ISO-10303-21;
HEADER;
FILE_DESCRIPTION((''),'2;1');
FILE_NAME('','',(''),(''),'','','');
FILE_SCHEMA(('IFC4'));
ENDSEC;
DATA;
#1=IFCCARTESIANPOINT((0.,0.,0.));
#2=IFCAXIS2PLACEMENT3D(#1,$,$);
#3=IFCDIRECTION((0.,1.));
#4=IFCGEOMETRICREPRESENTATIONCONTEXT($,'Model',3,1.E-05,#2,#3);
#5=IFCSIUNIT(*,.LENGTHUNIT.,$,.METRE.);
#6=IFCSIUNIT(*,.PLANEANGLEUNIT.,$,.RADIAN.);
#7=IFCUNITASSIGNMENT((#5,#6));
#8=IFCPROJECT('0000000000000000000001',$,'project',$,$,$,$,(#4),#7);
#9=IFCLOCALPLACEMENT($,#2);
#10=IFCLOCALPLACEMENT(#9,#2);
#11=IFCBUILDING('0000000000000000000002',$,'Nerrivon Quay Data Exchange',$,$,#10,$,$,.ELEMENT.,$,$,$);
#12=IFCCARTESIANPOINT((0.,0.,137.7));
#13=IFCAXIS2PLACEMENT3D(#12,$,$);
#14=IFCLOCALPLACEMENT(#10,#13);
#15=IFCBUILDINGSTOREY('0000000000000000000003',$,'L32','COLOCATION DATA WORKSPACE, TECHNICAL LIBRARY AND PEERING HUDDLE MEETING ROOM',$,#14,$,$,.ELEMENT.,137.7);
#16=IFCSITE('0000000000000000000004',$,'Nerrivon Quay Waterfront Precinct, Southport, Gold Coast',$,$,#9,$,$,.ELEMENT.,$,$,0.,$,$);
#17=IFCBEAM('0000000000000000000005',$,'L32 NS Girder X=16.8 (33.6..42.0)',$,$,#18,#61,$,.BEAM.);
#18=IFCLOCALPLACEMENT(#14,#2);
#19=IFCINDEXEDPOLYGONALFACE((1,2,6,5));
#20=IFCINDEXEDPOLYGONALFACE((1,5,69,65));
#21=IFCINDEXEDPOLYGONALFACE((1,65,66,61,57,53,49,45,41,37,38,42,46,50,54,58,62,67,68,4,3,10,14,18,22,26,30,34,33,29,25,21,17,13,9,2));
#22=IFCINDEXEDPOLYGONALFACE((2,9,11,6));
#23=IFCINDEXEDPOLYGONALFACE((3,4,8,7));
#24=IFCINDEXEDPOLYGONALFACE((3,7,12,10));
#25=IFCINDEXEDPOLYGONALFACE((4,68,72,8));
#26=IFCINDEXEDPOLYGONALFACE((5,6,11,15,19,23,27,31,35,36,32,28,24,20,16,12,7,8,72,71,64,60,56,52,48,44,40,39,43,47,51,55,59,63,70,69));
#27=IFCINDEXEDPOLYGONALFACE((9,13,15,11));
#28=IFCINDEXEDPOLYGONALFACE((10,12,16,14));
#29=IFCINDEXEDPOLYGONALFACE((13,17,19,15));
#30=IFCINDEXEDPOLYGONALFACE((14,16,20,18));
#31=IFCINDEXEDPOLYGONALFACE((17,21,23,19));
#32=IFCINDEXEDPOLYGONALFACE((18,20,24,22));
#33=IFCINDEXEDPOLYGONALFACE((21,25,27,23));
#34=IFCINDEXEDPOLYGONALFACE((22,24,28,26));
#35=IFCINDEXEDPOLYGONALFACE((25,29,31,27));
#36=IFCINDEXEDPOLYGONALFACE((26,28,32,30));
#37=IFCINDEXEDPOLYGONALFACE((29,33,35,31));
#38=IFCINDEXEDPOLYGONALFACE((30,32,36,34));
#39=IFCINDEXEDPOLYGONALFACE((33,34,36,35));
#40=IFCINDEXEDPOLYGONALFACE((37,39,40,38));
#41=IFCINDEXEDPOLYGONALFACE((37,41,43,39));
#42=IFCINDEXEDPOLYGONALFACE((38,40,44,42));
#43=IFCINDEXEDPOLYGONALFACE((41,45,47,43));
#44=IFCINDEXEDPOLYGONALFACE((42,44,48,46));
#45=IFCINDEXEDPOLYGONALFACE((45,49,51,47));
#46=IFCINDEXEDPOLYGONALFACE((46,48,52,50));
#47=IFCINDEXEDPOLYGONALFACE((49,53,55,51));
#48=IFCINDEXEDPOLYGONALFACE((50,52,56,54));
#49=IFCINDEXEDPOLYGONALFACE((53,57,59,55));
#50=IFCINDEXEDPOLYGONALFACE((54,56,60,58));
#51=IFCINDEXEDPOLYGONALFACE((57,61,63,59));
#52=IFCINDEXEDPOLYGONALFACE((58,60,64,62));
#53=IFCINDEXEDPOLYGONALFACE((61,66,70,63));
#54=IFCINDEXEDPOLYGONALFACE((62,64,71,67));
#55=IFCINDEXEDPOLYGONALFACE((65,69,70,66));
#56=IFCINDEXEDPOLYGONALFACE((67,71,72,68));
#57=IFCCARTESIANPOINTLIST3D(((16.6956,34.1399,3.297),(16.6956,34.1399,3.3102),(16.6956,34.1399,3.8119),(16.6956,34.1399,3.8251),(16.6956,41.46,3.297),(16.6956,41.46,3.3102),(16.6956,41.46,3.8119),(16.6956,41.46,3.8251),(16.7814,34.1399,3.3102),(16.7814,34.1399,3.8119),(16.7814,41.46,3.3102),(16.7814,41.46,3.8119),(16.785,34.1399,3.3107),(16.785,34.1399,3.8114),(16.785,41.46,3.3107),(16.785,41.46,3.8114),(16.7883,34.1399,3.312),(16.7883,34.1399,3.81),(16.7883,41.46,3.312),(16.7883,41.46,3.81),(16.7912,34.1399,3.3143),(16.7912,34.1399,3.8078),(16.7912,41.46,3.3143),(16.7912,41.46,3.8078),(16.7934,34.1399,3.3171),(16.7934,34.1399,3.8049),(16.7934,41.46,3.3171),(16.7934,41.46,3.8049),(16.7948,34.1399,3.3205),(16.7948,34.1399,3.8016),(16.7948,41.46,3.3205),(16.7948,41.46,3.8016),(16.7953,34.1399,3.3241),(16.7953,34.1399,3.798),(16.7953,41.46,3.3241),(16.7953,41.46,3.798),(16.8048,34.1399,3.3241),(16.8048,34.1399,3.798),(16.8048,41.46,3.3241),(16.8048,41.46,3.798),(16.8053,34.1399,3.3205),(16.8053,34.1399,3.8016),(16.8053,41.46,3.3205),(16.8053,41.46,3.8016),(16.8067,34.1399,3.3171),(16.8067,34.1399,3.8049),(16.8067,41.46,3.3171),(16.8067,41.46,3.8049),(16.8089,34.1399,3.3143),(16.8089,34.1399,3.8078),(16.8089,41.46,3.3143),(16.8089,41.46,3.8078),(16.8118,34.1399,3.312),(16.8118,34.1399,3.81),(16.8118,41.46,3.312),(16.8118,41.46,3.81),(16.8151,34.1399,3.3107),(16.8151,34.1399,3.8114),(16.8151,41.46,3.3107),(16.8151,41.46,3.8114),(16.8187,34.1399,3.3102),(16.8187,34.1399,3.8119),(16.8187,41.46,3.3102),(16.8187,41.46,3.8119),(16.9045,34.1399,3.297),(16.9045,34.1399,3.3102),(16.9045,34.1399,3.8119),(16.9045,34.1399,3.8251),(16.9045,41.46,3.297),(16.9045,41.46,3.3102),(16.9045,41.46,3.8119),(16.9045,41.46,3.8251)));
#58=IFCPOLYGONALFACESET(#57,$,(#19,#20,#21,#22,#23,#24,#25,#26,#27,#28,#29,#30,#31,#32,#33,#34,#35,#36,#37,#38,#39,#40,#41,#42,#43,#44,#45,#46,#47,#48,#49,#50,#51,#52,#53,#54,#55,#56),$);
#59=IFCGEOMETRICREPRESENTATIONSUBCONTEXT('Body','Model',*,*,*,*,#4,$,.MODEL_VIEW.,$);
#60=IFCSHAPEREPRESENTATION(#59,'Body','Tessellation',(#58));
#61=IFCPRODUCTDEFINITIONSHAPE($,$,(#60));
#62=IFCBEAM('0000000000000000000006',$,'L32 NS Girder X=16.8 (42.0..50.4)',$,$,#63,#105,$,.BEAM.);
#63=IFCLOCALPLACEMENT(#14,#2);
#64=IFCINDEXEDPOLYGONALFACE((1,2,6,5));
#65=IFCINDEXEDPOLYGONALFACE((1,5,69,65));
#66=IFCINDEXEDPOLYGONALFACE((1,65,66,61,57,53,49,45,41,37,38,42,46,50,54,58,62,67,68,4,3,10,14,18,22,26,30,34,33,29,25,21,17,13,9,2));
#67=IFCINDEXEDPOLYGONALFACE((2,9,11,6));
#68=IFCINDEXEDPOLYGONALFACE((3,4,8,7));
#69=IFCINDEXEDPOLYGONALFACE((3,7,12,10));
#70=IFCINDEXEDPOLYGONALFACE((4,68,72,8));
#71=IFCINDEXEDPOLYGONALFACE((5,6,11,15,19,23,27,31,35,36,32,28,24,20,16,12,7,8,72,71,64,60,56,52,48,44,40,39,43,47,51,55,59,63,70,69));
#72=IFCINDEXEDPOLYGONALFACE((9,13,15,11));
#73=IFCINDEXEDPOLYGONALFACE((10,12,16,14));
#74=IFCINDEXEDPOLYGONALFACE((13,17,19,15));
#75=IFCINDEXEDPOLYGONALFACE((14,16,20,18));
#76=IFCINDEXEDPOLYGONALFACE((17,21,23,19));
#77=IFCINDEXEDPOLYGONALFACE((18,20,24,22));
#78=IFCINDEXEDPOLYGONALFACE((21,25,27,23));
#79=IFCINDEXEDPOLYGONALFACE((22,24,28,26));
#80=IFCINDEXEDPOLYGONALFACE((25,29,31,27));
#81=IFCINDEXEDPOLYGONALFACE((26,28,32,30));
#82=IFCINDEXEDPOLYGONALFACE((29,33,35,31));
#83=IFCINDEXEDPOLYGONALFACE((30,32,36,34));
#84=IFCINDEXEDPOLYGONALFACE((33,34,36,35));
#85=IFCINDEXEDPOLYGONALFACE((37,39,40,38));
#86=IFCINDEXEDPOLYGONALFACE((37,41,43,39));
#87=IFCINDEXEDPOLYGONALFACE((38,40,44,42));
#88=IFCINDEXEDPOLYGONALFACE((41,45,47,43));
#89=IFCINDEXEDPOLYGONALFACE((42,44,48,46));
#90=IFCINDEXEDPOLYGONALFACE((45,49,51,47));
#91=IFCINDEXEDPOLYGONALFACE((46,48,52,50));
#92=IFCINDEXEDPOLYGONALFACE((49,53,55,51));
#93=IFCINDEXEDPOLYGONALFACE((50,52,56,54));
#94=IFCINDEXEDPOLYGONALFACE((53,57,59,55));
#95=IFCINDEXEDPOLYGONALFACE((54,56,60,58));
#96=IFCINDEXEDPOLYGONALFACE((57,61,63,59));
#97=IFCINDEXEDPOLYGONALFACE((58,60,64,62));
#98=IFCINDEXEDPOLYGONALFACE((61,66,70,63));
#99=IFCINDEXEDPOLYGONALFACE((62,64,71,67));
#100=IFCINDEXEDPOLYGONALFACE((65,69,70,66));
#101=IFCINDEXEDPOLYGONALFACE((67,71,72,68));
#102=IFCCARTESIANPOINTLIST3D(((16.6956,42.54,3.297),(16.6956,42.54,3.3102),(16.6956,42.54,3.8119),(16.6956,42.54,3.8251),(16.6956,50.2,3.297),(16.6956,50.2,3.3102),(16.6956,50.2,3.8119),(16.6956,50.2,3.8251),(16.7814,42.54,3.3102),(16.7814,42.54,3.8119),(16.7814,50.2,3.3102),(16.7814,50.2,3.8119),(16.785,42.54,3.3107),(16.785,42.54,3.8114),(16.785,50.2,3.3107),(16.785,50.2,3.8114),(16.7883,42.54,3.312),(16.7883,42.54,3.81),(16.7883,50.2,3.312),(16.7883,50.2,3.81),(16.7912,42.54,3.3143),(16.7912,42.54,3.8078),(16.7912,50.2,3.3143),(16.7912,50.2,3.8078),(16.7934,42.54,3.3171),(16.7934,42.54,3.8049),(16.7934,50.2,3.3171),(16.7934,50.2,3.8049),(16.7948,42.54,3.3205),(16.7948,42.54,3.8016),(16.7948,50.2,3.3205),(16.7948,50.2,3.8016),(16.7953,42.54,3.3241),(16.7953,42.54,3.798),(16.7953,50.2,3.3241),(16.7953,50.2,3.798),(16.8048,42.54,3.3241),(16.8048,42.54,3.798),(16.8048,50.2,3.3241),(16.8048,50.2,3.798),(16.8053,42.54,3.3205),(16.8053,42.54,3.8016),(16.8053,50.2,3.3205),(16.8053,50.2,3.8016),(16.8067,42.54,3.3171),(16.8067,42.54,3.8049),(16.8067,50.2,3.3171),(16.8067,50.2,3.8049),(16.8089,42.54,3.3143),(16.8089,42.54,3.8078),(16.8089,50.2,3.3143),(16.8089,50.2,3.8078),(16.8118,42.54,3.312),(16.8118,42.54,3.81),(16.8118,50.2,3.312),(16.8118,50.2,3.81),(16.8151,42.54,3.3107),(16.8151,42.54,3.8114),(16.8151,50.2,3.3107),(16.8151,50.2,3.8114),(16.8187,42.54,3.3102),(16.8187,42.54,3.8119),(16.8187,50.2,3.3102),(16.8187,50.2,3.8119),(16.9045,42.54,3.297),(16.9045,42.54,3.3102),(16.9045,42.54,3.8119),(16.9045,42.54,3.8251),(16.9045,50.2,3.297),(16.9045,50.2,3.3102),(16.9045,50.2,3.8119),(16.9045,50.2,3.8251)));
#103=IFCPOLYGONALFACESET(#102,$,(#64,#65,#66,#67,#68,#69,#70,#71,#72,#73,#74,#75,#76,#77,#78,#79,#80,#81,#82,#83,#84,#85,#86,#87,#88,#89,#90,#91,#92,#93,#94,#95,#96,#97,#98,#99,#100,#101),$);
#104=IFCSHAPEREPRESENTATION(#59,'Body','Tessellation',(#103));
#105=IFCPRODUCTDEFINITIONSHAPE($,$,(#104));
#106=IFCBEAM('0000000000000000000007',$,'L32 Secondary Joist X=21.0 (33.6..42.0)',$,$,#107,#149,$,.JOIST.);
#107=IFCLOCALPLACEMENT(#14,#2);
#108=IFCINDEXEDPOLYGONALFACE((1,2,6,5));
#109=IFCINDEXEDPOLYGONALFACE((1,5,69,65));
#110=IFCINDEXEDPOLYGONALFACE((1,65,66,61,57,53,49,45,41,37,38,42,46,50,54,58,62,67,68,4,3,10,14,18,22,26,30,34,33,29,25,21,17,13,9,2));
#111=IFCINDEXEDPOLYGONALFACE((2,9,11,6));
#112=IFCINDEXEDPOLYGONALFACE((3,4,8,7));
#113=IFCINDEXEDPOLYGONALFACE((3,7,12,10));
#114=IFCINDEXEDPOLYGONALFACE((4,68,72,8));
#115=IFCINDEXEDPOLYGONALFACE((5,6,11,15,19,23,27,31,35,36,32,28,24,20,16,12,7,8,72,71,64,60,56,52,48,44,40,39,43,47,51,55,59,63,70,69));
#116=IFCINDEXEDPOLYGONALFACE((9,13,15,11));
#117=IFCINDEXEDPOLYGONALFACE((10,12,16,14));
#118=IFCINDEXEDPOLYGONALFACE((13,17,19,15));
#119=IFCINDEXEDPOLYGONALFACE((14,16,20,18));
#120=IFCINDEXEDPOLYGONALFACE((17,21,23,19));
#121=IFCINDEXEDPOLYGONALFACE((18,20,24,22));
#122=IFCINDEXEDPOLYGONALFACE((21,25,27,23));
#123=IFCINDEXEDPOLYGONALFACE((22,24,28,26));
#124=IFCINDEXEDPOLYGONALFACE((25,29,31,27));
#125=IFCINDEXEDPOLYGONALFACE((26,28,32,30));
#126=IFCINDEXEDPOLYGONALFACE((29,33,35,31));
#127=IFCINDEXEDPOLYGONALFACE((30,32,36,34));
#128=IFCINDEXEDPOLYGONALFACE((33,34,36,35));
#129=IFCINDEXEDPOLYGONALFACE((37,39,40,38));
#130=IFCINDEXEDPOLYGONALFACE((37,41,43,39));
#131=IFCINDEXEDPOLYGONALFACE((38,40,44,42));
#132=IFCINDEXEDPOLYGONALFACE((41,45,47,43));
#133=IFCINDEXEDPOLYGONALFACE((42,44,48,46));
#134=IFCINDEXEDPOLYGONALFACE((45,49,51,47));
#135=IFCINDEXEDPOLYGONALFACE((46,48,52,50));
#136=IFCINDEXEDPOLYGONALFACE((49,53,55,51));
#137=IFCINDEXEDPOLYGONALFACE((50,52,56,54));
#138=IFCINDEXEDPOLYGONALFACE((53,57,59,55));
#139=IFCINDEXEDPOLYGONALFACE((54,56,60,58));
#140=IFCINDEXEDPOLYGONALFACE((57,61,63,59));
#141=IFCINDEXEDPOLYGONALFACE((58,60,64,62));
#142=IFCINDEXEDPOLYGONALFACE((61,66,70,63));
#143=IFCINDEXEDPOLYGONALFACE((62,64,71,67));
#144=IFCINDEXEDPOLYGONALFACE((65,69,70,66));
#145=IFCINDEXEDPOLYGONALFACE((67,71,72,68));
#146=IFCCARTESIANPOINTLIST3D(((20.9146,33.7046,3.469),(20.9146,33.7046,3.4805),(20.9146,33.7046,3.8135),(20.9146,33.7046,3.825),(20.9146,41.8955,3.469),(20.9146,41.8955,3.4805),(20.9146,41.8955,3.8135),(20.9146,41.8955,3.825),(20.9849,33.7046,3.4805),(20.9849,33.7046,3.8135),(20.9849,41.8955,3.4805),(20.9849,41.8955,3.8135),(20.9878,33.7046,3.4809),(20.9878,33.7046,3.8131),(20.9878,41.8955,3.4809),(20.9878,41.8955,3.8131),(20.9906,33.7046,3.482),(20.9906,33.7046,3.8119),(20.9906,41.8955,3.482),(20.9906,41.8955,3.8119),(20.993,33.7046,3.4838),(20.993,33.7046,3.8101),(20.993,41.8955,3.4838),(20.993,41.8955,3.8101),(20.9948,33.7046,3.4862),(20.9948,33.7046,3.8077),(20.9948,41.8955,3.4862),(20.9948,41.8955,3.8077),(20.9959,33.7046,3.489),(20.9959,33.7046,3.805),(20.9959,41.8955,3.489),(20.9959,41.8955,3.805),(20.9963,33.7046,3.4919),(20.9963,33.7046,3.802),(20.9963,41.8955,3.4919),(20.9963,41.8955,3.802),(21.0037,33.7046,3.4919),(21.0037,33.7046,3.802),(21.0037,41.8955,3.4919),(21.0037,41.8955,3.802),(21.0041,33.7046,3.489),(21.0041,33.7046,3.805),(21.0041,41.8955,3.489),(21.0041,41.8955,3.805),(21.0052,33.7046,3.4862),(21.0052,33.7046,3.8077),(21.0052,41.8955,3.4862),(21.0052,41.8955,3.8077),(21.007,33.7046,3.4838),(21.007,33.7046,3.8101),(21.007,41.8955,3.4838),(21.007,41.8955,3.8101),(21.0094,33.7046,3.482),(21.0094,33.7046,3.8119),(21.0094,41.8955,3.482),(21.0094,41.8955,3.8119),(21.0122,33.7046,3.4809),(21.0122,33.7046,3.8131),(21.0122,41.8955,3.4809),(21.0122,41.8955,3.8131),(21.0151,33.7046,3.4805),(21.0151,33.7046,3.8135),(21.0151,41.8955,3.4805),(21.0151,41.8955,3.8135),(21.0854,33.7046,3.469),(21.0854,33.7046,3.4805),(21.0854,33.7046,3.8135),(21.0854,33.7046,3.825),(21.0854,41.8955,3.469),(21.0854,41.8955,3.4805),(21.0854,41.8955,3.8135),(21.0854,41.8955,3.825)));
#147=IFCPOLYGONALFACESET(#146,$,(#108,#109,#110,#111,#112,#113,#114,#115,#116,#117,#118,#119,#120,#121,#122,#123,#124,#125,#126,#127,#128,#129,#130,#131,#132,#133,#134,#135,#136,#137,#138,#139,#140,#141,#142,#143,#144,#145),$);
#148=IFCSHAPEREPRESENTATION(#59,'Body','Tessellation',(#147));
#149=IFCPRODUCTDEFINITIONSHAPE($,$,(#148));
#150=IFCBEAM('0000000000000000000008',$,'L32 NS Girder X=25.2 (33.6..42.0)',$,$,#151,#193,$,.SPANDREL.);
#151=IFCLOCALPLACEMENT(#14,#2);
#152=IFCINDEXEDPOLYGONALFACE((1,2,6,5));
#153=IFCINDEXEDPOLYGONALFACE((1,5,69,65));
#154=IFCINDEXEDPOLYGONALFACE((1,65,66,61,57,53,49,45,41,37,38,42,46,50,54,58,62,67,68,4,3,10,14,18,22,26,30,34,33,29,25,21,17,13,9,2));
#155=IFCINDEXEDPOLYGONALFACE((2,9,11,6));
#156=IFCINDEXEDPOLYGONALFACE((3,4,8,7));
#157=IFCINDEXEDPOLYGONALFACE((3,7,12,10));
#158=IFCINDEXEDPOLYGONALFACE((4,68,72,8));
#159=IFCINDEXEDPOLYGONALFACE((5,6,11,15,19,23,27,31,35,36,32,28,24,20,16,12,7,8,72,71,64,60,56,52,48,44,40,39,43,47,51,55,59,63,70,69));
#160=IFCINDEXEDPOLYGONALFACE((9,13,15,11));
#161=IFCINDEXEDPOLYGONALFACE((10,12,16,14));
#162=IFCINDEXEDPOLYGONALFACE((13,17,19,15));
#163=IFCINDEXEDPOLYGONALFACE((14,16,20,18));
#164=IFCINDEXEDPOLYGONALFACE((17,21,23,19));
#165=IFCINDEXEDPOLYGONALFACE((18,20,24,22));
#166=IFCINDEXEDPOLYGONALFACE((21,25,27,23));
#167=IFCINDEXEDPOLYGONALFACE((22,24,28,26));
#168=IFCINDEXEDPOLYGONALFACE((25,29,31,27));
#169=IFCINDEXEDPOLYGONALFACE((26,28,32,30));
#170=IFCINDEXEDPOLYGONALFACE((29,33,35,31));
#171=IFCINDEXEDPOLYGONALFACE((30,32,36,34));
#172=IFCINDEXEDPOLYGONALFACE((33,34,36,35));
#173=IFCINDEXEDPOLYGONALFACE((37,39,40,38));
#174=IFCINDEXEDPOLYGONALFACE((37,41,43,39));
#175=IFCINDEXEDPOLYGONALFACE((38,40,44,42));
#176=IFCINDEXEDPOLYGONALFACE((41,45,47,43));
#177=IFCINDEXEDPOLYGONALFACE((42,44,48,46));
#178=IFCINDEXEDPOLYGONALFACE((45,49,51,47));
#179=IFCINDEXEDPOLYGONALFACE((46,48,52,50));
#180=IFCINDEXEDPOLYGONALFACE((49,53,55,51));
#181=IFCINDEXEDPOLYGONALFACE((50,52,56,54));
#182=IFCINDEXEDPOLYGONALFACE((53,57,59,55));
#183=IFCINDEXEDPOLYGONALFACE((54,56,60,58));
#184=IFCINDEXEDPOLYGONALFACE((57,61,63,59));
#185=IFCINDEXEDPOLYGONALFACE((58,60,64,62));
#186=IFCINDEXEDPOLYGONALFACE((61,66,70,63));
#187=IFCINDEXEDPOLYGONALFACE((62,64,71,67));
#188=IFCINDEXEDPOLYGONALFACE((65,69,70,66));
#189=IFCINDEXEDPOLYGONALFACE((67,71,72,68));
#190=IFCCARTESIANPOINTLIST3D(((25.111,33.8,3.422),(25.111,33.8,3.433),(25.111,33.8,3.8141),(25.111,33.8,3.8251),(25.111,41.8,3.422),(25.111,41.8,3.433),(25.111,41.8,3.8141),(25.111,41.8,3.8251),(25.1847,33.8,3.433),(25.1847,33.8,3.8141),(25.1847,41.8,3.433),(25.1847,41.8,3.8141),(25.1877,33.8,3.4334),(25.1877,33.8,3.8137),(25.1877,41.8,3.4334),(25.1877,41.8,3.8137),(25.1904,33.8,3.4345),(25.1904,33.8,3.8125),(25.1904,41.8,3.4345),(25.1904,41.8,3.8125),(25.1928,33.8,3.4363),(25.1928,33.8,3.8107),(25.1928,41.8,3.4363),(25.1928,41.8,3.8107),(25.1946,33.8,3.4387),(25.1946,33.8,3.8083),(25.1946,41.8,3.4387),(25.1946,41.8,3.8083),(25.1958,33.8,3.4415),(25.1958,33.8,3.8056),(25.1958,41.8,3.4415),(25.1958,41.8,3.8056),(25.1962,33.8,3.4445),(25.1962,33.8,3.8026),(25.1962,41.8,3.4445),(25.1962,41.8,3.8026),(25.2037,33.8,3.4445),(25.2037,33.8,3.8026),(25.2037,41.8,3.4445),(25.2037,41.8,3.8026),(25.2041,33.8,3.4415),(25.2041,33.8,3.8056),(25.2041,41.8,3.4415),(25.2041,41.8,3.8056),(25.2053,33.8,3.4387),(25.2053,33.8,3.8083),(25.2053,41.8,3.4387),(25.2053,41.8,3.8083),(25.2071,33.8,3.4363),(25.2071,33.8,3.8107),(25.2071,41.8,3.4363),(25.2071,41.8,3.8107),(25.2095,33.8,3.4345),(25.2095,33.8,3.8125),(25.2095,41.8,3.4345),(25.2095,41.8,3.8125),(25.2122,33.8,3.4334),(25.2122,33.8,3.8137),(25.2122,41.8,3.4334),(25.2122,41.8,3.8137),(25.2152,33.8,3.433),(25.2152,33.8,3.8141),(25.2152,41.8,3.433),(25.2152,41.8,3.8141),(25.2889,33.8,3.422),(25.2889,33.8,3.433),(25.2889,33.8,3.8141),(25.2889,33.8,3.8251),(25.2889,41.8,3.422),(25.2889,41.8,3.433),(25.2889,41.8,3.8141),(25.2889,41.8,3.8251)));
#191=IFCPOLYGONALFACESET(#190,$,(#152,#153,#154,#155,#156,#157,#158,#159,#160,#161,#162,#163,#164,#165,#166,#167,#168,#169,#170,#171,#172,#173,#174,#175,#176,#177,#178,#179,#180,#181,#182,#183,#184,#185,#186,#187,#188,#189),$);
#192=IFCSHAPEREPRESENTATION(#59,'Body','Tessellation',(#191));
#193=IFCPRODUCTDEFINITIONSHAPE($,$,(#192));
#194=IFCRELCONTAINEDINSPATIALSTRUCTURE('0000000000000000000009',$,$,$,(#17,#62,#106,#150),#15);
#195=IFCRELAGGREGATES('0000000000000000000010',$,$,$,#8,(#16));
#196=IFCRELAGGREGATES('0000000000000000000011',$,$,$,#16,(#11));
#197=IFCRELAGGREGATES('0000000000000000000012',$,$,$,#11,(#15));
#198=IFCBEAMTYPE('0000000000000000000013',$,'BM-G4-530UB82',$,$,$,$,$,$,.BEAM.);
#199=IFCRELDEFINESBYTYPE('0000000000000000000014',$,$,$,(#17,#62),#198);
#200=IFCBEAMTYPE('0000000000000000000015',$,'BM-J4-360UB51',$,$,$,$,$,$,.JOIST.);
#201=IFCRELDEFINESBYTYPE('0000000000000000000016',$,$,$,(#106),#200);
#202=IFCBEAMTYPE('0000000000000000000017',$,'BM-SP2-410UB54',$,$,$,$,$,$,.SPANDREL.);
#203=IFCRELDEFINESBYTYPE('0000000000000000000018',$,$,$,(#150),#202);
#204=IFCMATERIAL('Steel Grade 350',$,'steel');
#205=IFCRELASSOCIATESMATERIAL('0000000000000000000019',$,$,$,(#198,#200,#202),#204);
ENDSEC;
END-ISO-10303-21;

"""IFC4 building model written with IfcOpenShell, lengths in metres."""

from ifc_helpers import new_model, si_unit, direction, frame, origin, origin_2d, place, context, subcontext, project, spatial, i_section, extrude, material, material_profile, profile_set, type_object, element, save


model = new_model("IFC4")

# Units and contexts
model_context = context("Model", 3, precision=1e-05, world=origin(), true_north=direction((0.0, 1.0)))
body_context = subcontext(model_context, "Body", "Model", "MODEL_VIEW")
ifc_project = project(units=[si_unit("LENGTHUNIT", "METRE"), si_unit("PLANEANGLEUNIT", "RADIAN")], contexts=[model_context])

# Site, building, storey
site_placement = place(None, origin())
site = spatial("IfcSite", under=ifc_project, at=site_placement, Name="Nerrivon Quay Waterfront Precinct, Southport, Gold Coast", CompositionType="ELEMENT", RefElevation=0.0)
building_placement = place(site_placement, origin())
building = spatial("IfcBuilding", under=site, at=building_placement, Name="Nerrivon Quay Data Exchange", CompositionType="ELEMENT")
storey_placement = place(building_placement, frame((0.0, 0.0, 137.7)))
storey = spatial("IfcBuildingStorey", under=building, at=storey_placement, Name="L32", Description="COLOCATION DATA WORKSPACE, TECHNICAL LIBRARY AND PEERING HUDDLE MEETING ROOM", CompositionType="ELEMENT", Elevation=137.7)

# Shared definitions
ifc_material_1 = material(Name="Steel Grade 350", Category="steel")

# Beams
ifc_material_profile_1 = material_profile(ifc_material_1, i_section(OverallWidth=0.209, OverallDepth=0.5281, WebThickness=0.0095, FlangeThickness=0.0132, FilletRadius=0.0139, at=origin_2d()), Name="530UB82.0")
ifc_profile_set_1 = profile_set([ifc_material_profile_1], Name="Steel Grade 350")
beam_type_1 = type_object("IfcBeamType", Name="BM-G4-530UB82", PredefinedType="BEAM", material=ifc_profile_set_1)
beam_1_placement = place(storey_placement, frame((16.8, 34.1399, 3.561), z_axis=(0.0, 1.0, 0.0), x_axis=(-1.0, 0.0, 0.0)))
element("IfcBeam", 1, at=beam_1_placement, inside=storey, type_object=beam_type_1, Name="L32 NS Girder X=16.8 (33.6..42.0)", PredefinedType="BEAM", context=body_context, shape_type="SweptSolid", body=[
    extrude(i_section(OverallWidth=0.209, OverallDepth=0.5281, WebThickness=0.0095, FlangeThickness=0.0132, FilletRadius=0.0139, at=origin_2d()), origin(), (0.0, 0.0, 1.0), 7.3201),
])
beam_2_placement = place(storey_placement, frame((16.8, 42.54, 3.561), z_axis=(0.0, 1.0, 0.0), x_axis=(-1.0, 0.0, 0.0)))
element("IfcBeam", 2, at=beam_2_placement, inside=storey, type_object=beam_type_1, Name="L32 NS Girder X=16.8 (42.0..50.4)", PredefinedType="BEAM", context=body_context, shape_type="SweptSolid", body=[
    extrude(i_section(OverallWidth=0.209, OverallDepth=0.5281, WebThickness=0.0095, FlangeThickness=0.0132, FilletRadius=0.0139, at=origin_2d()), origin(), (0.0, 0.0, 1.0), 7.6599),
])
ifc_material_profile_2 = material_profile(ifc_material_1, i_section(OverallWidth=0.1709, OverallDepth=0.356, WebThickness=0.0073, FlangeThickness=0.0115, FilletRadius=0.0115, at=origin_2d()), Name="360UB50.7")
ifc_profile_set_2 = profile_set([ifc_material_profile_2], Name="Steel Grade 350")
beam_type_2 = type_object("IfcBeamType", Name="BM-J4-360UB51", PredefinedType="JOIST", material=ifc_profile_set_2)
beam_3_placement = place(storey_placement, frame((21.0, 33.7046, 3.647), z_axis=(0.0, 1.0, 0.0), x_axis=(-1.0, 0.0, 0.0)))
element("IfcBeam", 3, at=beam_3_placement, inside=storey, type_object=beam_type_2, Name="L32 Secondary Joist X=21.0 (33.6..42.0)", PredefinedType="JOIST", context=body_context, shape_type="SweptSolid", body=[
    extrude(i_section(OverallWidth=0.1709, OverallDepth=0.356, WebThickness=0.0073, FlangeThickness=0.0115, FilletRadius=0.0115, at=origin_2d()), origin(), (0.0, 0.0, 1.0), 8.1909),
])
ifc_material_profile_3 = material_profile(ifc_material_1, i_section(OverallWidth=0.178, OverallDepth=0.4031, WebThickness=0.0076, FlangeThickness=0.011, FilletRadius=0.0115, at=origin_2d()), Name="410UB53.7")
ifc_profile_set_3 = profile_set([ifc_material_profile_3], Name="Steel Grade 350")
beam_type_3 = type_object("IfcBeamType", Name="BM-SP2-410UB54", PredefinedType="SPANDREL", material=ifc_profile_set_3)
beam_4_placement = place(storey_placement, frame((25.2, 33.8, 3.6235), z_axis=(0.0, 1.0, 0.0), x_axis=(-1.0, 0.0, 0.0)))
element("IfcBeam", 4, at=beam_4_placement, inside=storey, type_object=beam_type_3, Name="L32 NS Girder X=25.2 (33.6..42.0)", PredefinedType="SPANDREL", context=body_context, shape_type="SweptSolid", body=[
    extrude(i_section(OverallWidth=0.178, OverallDepth=0.4031, WebThickness=0.0076, FlangeThickness=0.011, FilletRadius=0.0115, at=origin_2d()), origin(), (0.0, 0.0, 1.0), 8.0),
])

save(model, "model.ifc")
